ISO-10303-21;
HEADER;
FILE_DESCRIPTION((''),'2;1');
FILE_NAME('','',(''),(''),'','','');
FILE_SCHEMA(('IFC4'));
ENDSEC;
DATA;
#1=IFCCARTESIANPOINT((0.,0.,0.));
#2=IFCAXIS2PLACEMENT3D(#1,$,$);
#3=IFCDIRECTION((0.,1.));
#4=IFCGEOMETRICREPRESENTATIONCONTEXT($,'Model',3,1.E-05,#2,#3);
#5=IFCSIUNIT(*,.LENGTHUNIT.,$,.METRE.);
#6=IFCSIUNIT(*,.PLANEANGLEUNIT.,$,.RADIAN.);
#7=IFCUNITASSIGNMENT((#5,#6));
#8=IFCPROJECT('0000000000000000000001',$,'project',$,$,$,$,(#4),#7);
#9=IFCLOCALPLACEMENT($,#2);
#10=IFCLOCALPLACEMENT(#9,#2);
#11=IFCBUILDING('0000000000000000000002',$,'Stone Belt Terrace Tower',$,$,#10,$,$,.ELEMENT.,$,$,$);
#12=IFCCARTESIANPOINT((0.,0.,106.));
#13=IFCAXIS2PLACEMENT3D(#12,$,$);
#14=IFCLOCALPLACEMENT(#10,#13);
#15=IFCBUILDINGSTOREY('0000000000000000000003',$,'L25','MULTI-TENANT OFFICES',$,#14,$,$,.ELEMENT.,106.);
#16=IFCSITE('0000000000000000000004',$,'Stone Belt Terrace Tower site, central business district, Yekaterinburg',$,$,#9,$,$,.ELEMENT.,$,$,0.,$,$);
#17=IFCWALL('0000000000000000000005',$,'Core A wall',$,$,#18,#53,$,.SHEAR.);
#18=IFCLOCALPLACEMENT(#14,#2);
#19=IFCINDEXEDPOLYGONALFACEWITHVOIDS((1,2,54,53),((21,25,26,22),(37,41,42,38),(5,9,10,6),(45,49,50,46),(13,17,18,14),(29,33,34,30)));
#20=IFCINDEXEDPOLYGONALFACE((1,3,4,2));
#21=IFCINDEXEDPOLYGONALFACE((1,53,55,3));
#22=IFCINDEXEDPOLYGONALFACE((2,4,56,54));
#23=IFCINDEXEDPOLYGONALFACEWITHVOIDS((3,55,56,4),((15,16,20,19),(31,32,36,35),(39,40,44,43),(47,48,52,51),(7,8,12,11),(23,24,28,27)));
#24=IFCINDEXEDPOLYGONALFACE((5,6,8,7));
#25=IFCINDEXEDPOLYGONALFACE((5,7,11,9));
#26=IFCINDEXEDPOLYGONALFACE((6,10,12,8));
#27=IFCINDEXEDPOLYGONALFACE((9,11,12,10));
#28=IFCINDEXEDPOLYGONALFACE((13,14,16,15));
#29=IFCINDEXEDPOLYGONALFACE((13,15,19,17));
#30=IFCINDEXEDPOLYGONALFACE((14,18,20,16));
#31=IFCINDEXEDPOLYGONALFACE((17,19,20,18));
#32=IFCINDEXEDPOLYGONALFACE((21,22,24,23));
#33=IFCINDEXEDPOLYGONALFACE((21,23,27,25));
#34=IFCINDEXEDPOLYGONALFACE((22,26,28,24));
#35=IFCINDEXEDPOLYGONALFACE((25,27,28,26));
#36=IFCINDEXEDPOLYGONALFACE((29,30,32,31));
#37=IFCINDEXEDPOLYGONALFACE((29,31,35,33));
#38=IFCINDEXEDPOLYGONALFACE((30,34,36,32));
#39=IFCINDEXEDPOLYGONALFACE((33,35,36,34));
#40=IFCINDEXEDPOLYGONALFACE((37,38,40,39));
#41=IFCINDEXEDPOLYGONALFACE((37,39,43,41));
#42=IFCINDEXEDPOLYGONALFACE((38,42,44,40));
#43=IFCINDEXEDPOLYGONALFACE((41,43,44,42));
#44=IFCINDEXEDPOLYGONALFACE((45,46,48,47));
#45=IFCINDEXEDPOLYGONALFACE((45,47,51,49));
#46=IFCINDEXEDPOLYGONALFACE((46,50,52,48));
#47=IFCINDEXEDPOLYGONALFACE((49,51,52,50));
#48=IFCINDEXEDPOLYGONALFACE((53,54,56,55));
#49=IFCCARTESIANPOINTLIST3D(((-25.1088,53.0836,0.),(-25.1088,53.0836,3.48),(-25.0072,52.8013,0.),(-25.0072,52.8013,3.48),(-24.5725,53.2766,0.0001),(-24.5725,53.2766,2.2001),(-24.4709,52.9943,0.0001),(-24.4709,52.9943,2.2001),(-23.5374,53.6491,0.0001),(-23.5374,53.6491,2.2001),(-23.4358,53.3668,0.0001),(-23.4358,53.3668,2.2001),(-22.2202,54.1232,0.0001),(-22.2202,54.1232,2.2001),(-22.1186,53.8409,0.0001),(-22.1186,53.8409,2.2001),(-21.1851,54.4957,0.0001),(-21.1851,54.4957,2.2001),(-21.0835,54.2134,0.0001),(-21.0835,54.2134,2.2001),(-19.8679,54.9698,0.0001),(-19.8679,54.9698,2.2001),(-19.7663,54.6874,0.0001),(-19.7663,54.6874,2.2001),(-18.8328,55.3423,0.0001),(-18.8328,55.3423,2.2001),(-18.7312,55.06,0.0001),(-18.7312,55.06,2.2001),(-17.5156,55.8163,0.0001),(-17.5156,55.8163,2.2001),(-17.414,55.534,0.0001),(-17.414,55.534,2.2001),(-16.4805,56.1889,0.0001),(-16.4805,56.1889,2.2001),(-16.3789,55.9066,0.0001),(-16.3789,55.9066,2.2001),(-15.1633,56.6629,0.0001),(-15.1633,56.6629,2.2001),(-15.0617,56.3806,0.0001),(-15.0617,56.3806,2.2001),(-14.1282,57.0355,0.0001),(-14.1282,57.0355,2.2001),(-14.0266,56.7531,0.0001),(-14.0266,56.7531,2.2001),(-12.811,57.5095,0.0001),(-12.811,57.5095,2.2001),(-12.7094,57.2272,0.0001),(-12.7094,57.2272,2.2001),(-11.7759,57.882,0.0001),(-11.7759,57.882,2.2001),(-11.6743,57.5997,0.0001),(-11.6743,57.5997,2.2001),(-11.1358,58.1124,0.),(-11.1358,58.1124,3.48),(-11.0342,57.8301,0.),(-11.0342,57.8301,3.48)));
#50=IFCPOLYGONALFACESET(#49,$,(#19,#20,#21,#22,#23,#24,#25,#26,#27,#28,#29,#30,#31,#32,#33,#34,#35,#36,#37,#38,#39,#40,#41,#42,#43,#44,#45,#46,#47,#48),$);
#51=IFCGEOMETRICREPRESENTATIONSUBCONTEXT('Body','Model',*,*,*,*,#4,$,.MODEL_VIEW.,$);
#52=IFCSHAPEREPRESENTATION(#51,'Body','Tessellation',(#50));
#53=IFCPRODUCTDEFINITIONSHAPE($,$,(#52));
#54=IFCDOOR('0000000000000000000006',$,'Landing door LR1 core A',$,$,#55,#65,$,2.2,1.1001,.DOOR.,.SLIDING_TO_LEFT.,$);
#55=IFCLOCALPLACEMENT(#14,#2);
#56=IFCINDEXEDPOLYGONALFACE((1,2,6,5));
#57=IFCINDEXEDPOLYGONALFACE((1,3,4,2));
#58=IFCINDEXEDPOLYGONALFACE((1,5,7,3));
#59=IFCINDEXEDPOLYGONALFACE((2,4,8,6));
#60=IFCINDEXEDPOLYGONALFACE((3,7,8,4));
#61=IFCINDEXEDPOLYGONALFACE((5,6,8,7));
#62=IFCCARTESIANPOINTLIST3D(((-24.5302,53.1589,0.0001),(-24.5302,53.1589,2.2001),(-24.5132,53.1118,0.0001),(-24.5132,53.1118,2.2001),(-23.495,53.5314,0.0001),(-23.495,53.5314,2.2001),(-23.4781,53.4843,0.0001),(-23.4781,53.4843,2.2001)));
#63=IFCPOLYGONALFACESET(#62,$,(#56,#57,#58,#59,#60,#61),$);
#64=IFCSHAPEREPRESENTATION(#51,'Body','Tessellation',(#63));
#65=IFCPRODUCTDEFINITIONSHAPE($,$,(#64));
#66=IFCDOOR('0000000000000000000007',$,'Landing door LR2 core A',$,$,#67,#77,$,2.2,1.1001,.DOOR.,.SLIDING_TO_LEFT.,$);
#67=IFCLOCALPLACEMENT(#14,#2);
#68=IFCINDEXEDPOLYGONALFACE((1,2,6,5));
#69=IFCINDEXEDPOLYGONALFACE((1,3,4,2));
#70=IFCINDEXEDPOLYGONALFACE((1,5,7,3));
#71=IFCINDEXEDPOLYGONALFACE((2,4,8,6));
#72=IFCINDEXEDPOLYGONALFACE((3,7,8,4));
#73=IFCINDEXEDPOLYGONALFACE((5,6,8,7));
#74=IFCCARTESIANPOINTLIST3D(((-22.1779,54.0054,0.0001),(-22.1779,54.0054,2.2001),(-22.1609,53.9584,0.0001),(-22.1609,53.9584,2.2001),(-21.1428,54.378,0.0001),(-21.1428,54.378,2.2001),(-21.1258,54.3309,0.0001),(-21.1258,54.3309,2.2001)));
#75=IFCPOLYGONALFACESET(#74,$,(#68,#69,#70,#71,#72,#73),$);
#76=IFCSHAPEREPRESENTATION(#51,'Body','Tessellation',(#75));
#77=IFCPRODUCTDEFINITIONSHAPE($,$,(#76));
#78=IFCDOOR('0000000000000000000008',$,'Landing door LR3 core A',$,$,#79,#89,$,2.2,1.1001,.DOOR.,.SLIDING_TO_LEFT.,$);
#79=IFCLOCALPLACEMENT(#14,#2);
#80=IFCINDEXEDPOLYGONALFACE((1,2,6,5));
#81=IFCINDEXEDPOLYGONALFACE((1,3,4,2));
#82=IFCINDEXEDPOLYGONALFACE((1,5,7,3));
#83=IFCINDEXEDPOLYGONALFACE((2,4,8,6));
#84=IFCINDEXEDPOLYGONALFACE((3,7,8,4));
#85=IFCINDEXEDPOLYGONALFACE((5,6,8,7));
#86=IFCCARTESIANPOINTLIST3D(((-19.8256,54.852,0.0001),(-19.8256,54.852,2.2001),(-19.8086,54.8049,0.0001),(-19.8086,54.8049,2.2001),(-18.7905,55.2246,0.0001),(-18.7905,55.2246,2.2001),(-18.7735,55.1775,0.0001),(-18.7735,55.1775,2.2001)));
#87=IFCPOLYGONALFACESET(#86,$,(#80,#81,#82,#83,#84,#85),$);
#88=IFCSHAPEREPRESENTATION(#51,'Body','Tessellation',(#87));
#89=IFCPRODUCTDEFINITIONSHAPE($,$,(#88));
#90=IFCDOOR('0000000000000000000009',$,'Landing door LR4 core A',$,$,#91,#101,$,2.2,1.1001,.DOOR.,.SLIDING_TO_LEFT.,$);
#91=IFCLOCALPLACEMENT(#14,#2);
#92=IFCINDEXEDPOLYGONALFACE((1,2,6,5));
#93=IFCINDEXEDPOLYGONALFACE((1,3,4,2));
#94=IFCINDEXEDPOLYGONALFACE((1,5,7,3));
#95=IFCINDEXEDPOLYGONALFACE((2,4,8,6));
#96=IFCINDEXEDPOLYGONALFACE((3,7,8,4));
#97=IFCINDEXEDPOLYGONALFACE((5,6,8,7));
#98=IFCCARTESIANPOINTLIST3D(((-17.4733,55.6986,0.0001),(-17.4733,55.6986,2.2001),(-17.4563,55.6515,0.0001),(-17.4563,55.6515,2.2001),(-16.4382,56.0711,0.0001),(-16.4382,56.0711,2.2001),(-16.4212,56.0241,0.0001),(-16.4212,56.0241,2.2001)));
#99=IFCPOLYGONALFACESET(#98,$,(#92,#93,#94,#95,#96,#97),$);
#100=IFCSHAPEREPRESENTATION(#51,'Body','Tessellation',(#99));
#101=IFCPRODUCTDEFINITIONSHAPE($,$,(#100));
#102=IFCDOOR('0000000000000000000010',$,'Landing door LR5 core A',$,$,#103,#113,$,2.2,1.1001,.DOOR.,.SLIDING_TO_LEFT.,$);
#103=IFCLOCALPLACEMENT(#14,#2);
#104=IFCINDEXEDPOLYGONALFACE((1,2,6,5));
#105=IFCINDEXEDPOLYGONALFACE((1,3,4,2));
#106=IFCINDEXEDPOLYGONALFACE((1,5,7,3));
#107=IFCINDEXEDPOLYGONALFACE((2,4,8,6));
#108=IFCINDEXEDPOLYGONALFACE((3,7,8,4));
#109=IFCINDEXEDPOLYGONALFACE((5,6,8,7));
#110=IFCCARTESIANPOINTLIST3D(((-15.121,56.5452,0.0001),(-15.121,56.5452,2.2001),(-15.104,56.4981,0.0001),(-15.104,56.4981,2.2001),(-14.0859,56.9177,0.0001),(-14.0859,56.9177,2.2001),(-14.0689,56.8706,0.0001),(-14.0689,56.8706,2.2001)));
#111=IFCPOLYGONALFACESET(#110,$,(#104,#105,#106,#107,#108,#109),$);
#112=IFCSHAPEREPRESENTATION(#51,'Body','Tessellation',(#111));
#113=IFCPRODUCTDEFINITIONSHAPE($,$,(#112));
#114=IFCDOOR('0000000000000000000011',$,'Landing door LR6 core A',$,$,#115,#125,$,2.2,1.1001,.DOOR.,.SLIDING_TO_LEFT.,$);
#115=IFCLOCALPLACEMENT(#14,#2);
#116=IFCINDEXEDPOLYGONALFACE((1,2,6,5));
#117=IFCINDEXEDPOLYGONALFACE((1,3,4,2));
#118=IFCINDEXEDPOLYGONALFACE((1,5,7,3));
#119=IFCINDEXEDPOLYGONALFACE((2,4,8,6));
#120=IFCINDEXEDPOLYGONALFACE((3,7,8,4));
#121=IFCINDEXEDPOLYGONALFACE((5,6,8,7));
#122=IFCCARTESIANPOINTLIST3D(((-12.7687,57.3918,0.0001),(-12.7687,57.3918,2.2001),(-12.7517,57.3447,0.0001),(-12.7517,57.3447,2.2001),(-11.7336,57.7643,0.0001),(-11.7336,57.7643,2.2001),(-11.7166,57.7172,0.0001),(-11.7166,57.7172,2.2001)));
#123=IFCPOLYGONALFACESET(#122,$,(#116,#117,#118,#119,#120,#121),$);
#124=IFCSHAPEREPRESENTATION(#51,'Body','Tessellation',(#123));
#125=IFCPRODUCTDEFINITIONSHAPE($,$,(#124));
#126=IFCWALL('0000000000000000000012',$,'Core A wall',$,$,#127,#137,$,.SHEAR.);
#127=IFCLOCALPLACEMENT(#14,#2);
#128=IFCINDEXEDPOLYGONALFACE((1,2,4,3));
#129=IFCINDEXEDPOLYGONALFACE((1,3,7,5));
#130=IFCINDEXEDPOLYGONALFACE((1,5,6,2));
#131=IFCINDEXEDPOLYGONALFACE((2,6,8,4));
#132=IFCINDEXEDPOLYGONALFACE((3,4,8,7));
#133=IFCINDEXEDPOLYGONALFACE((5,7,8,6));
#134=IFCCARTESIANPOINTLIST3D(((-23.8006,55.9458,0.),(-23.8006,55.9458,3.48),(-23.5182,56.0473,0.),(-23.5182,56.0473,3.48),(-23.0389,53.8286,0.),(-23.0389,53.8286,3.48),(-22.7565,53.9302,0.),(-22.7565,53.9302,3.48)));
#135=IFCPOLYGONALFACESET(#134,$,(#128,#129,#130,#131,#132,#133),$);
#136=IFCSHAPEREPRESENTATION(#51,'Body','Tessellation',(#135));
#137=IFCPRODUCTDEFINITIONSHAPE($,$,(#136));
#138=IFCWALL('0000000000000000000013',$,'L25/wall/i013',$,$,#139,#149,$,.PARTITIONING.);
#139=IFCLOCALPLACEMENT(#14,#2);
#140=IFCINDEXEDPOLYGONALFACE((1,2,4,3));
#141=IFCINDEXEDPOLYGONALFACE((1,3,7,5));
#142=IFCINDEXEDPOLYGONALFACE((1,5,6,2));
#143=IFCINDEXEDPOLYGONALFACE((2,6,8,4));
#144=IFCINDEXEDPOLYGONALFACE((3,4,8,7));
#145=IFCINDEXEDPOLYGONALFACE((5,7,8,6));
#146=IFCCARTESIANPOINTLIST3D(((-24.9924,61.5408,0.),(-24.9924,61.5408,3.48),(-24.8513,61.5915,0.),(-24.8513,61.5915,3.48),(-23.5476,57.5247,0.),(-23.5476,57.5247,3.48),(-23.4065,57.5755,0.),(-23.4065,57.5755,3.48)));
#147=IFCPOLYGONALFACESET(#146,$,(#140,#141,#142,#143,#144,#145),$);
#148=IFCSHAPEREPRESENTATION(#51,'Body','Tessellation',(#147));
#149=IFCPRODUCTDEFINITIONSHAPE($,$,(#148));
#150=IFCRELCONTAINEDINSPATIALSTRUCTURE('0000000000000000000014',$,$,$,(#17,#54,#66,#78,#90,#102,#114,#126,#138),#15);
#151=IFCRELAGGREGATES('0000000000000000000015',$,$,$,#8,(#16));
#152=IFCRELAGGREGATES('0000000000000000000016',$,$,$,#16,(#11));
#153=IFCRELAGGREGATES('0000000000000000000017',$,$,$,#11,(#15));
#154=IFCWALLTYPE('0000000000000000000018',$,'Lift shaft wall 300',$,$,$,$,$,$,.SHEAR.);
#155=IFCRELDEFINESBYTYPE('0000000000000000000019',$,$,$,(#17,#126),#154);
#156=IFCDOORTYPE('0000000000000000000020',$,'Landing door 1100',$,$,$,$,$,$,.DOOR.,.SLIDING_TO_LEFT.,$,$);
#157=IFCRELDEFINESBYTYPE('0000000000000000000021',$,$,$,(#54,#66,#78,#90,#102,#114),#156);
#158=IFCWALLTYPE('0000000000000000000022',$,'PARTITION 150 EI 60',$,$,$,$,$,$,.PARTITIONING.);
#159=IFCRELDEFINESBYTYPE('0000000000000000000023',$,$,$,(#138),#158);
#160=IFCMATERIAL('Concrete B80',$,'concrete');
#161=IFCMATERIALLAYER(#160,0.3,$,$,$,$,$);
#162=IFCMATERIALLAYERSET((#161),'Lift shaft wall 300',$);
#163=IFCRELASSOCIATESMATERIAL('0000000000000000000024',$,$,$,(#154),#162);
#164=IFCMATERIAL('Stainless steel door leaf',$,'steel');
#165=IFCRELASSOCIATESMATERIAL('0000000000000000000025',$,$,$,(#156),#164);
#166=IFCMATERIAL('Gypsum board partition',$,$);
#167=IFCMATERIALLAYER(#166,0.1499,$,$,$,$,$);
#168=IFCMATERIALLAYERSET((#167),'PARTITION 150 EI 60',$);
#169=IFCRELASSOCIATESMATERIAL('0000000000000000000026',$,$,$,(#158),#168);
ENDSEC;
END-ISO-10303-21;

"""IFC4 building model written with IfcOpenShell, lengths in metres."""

from ifc_helpers import new_model, si_unit, direction, frame, frame_2d, origin, place, context, subcontext, project, spatial, rectangle, extrude, material, layer, layer_set, type_object, element, fill, save


model = new_model("IFC4")

# Units and contexts
model_context = context("Model", 3, precision=1e-05, world=origin(), true_north=direction((0.0, 1.0)))
body_context = subcontext(model_context, "Body", "Model", "MODEL_VIEW")
ifc_project = project(units=[si_unit("LENGTHUNIT", "METRE"), si_unit("PLANEANGLEUNIT", "RADIAN")], contexts=[model_context])

# Site, building, storey
site_placement = place(None, origin())
site = spatial("IfcSite", under=ifc_project, at=site_placement, Name="Stone Belt Terrace Tower site, central business district, Yekaterinburg", CompositionType="ELEMENT", RefElevation=0.0)
building_placement = place(site_placement, origin())
building = spatial("IfcBuilding", under=site, at=building_placement, Name="Stone Belt Terrace Tower", CompositionType="ELEMENT")
storey_placement = place(building_placement, frame((0.0, 0.0, 106.0)))
storey = spatial("IfcBuildingStorey", under=building, at=storey_placement, Name="L25", Description="MULTI-TENANT OFFICES", CompositionType="ELEMENT", Elevation=106.0)

# Shared definitions
ifc_material_1 = material(Name="Concrete B80", Category="concrete")

# Shared definitions
ifc_layer_1 = layer(ifc_material_1, 0.3)
ifc_layer_set_1 = layer_set([ifc_layer_1], Name="Lift shaft wall 300")
wall_type_1 = type_object("IfcWallType", Name="Lift shaft wall 300", PredefinedType="SHEAR", material=ifc_layer_set_1)
ifc_material_2 = material(Name="Stainless steel door leaf", Category="steel")

# Wall, openings, doors
wall_1_placement = place(storey_placement, frame((-25.0581, 52.9424, 0.0), z_axis=(0.0, 0.0, 1.0), x_axis=(0.940918, 0.338634, 0.0)))
wall_1 = element("IfcWall", 1, at=wall_1_placement, inside=storey, type_object=wall_type_1, Name="Core A wall", PredefinedType="SHEAR", context=body_context, shape_type="SweptSolid", body=[
    extrude(rectangle(XDim=14.8503, YDim=0.3, at=frame_2d((7.4253, 0.0))), origin(), (0.0, 0.0, 1.0), 3.48),
])
opening_1_placement = place(wall_1_placement, frame((0.5701, 0.0, 0.0)))
opening_1 = element("IfcOpeningElement", 2, at=opening_1_placement, cuts=wall_1, PredefinedType="OPENING", context=body_context, shape_type="SweptSolid", body=[
    extrude(rectangle(XDim=1.1001, YDim=2.2, at=frame_2d((0.55, 1.1001))), frame((0.0, 0.1599, 0.0), z_axis=(0.0, -1.0, 0.0), x_axis=(1.0, 0.0, 0.0)), (0.0, 0.0, 1.0), 0.3201),
])
opening_2_placement = place(wall_1_placement, frame((3.0701, 0.0, 0.0)))
opening_2 = element("IfcOpeningElement", 3, at=opening_2_placement, cuts=wall_1, PredefinedType="OPENING", context=body_context, shape_type="SweptSolid", body=[
    extrude(rectangle(XDim=1.1001, YDim=2.2, at=frame_2d((0.55, 1.1001))), frame((0.0, 0.1599, 0.0), z_axis=(0.0, -1.0, 0.0), x_axis=(1.0, 0.0, 0.0)), (0.0, 0.0, 1.0), 0.3201),
])
opening_3_placement = place(wall_1_placement, frame((5.5701, 0.0, 0.0)))
opening_3 = element("IfcOpeningElement", 4, at=opening_3_placement, cuts=wall_1, PredefinedType="OPENING", context=body_context, shape_type="SweptSolid", body=[
    extrude(rectangle(XDim=1.1001, YDim=2.2, at=frame_2d((0.55, 1.1001))), frame((0.0, 0.1599, 0.0), z_axis=(0.0, -1.0, 0.0), x_axis=(1.0, 0.0, 0.0)), (0.0, 0.0, 1.0), 0.3201),
])
opening_4_placement = place(wall_1_placement, frame((8.0701, 0.0, 0.0)))
opening_4 = element("IfcOpeningElement", 5, at=opening_4_placement, cuts=wall_1, PredefinedType="OPENING", context=body_context, shape_type="SweptSolid", body=[
    extrude(rectangle(XDim=1.1001, YDim=2.2, at=frame_2d((0.55, 1.1001))), frame((0.0, 0.1599, 0.0), z_axis=(0.0, -1.0, 0.0), x_axis=(1.0, 0.0, 0.0)), (0.0, 0.0, 1.0), 0.3201),
])
opening_5_placement = place(wall_1_placement, frame((10.5701, 0.0, 0.0)))
opening_5 = element("IfcOpeningElement", 6, at=opening_5_placement, cuts=wall_1, PredefinedType="OPENING", context=body_context, shape_type="SweptSolid", body=[
    extrude(rectangle(XDim=1.1001, YDim=2.2, at=frame_2d((0.55, 1.1001))), frame((0.0, 0.1599, 0.0), z_axis=(0.0, -1.0, 0.0), x_axis=(1.0, 0.0, 0.0)), (0.0, 0.0, 1.0), 0.3201),
])
opening_6_placement = place(wall_1_placement, frame((13.0701, 0.0, 0.0)))
opening_6 = element("IfcOpeningElement", 7, at=opening_6_placement, cuts=wall_1, PredefinedType="OPENING", context=body_context, shape_type="SweptSolid", body=[
    extrude(rectangle(XDim=1.1001, YDim=2.2, at=frame_2d((0.55, 1.1001))), frame((0.0, 0.1599, 0.0), z_axis=(0.0, -1.0, 0.0), x_axis=(1.0, 0.0, 0.0)), (0.0, 0.0, 1.0), 0.3201),
])
door_type_1 = type_object("IfcDoorType", Name="Landing door 1100", OperationType="SLIDING_TO_LEFT", PredefinedType="DOOR", material=ifc_material_2)
door_1_placement = place(opening_1_placement, origin())
door_1 = element("IfcDoor", 8, at=door_1_placement, inside=storey, type_object=door_type_1, Name="Landing door LR1 core A", OperationType="SLIDING_TO_LEFT", OverallHeight=2.2, OverallWidth=1.1001, PredefinedType="DOOR", context=body_context, shape_type="SweptSolid", body=[
    extrude(rectangle(XDim=1.1001, YDim=2.2, at=frame_2d((0.55, 1.1001))), frame((0.0, 0.0249, 0.0), z_axis=(0.0, -1.0, 0.0), x_axis=(1.0, 0.0, 0.0)), (0.0, 0.0, 1.0), 0.05),
])
fill(opening_1, door_1)
door_2_placement = place(opening_2_placement, origin())
door_2 = element("IfcDoor", 9, at=door_2_placement, inside=storey, type_object=door_type_1, Name="Landing door LR2 core A", OperationType="SLIDING_TO_LEFT", OverallHeight=2.2, OverallWidth=1.1001, PredefinedType="DOOR", context=body_context, shape_type="SweptSolid", body=[
    extrude(rectangle(XDim=1.1001, YDim=2.2, at=frame_2d((0.55, 1.1001))), frame((0.0, 0.0249, 0.0), z_axis=(0.0, -1.0, 0.0), x_axis=(1.0, 0.0, 0.0)), (0.0, 0.0, 1.0), 0.05),
])
fill(opening_2, door_2)
door_3_placement = place(opening_3_placement, origin())
door_3 = element("IfcDoor", 10, at=door_3_placement, inside=storey, type_object=door_type_1, Name="Landing door LR3 core A", OperationType="SLIDING_TO_LEFT", OverallHeight=2.2, OverallWidth=1.1001, PredefinedType="DOOR", context=body_context, shape_type="SweptSolid", body=[
    extrude(rectangle(XDim=1.1001, YDim=2.2, at=frame_2d((0.55, 1.1001))), frame((0.0, 0.0249, 0.0), z_axis=(0.0, -1.0, 0.0), x_axis=(1.0, 0.0, 0.0)), (0.0, 0.0, 1.0), 0.05),
])
fill(opening_3, door_3)
door_4_placement = place(opening_4_placement, origin())
door_4 = element("IfcDoor", 11, at=door_4_placement, inside=storey, type_object=door_type_1, Name="Landing door LR4 core A", OperationType="SLIDING_TO_LEFT", OverallHeight=2.2, OverallWidth=1.1001, PredefinedType="DOOR", context=body_context, shape_type="SweptSolid", body=[
    extrude(rectangle(XDim=1.1001, YDim=2.2, at=frame_2d((0.55, 1.1001))), frame((0.0, 0.0249, 0.0), z_axis=(0.0, -1.0, 0.0), x_axis=(1.0, 0.0, 0.0)), (0.0, 0.0, 1.0), 0.05),
])
fill(opening_4, door_4)
door_5_placement = place(opening_5_placement, origin())
door_5 = element("IfcDoor", 12, at=door_5_placement, inside=storey, type_object=door_type_1, Name="Landing door LR5 core A", OperationType="SLIDING_TO_LEFT", OverallHeight=2.2, OverallWidth=1.1001, PredefinedType="DOOR", context=body_context, shape_type="SweptSolid", body=[
    extrude(rectangle(XDim=1.1001, YDim=2.2, at=frame_2d((0.55, 1.1001))), frame((0.0, 0.0249, 0.0), z_axis=(0.0, -1.0, 0.0), x_axis=(1.0, 0.0, 0.0)), (0.0, 0.0, 1.0), 0.05),
])
fill(opening_5, door_5)
door_6_placement = place(opening_6_placement, origin())
door_6 = element("IfcDoor", 13, at=door_6_placement, inside=storey, type_object=door_type_1, Name="Landing door LR6 core A", OperationType="SLIDING_TO_LEFT", OverallHeight=2.2, OverallWidth=1.1001, PredefinedType="DOOR", context=body_context, shape_type="SweptSolid", body=[
    extrude(rectangle(XDim=1.1001, YDim=2.2, at=frame_2d((0.55, 1.1001))), frame((0.0, 0.0249, 0.0), z_axis=(0.0, -1.0, 0.0), x_axis=(1.0, 0.0, 0.0)), (0.0, 0.0, 1.0), 0.05),
])
fill(opening_6, door_6)

# Walls
wall_2_placement = place(storey_placement, frame((-22.8977, 53.8794, 0.0), z_axis=(0.0, 0.0, 1.0), x_axis=(-0.338535, 0.940954, 0.0)))
element("IfcWall", 14, at=wall_2_placement, inside=storey, type_object=wall_type_1, Name="Core A wall", PredefinedType="SHEAR", context=body_context, shape_type="SweptSolid", body=[
    extrude(rectangle(XDim=2.25, YDim=0.3, at=frame_2d((1.125, 0.0))), origin(), (0.0, 0.0, 1.0), 3.48),
])
ifc_material_3 = material(Name="Gypsum board partition")
ifc_layer_2 = layer(ifc_material_3, 0.1499)
ifc_layer_set_2 = layer_set([ifc_layer_2], Name="PARTITION 150 EI 60")
wall_type_2 = type_object("IfcWallType", Name="PARTITION 150 EI 60", PredefinedType="PARTITIONING", material=ifc_layer_set_2)
wall_3_placement = place(storey_placement, frame((-24.9219, 61.5662, 0.0), z_axis=(0.0, 0.0, 1.0), x_axis=(0.338517, -0.94096, 0.0)))
element("IfcWall", 15, at=wall_3_placement, inside=storey, type_object=wall_type_2, Name="L25/wall/i013", PredefinedType="PARTITIONING", context=body_context, shape_type="SweptSolid", body=[
    extrude(rectangle(XDim=4.2681, YDim=0.1499, at=frame_2d((2.134, 0.0))), origin(), (0.0, 0.0, 1.0), 3.48),
])

save(model, "model.ifc")
